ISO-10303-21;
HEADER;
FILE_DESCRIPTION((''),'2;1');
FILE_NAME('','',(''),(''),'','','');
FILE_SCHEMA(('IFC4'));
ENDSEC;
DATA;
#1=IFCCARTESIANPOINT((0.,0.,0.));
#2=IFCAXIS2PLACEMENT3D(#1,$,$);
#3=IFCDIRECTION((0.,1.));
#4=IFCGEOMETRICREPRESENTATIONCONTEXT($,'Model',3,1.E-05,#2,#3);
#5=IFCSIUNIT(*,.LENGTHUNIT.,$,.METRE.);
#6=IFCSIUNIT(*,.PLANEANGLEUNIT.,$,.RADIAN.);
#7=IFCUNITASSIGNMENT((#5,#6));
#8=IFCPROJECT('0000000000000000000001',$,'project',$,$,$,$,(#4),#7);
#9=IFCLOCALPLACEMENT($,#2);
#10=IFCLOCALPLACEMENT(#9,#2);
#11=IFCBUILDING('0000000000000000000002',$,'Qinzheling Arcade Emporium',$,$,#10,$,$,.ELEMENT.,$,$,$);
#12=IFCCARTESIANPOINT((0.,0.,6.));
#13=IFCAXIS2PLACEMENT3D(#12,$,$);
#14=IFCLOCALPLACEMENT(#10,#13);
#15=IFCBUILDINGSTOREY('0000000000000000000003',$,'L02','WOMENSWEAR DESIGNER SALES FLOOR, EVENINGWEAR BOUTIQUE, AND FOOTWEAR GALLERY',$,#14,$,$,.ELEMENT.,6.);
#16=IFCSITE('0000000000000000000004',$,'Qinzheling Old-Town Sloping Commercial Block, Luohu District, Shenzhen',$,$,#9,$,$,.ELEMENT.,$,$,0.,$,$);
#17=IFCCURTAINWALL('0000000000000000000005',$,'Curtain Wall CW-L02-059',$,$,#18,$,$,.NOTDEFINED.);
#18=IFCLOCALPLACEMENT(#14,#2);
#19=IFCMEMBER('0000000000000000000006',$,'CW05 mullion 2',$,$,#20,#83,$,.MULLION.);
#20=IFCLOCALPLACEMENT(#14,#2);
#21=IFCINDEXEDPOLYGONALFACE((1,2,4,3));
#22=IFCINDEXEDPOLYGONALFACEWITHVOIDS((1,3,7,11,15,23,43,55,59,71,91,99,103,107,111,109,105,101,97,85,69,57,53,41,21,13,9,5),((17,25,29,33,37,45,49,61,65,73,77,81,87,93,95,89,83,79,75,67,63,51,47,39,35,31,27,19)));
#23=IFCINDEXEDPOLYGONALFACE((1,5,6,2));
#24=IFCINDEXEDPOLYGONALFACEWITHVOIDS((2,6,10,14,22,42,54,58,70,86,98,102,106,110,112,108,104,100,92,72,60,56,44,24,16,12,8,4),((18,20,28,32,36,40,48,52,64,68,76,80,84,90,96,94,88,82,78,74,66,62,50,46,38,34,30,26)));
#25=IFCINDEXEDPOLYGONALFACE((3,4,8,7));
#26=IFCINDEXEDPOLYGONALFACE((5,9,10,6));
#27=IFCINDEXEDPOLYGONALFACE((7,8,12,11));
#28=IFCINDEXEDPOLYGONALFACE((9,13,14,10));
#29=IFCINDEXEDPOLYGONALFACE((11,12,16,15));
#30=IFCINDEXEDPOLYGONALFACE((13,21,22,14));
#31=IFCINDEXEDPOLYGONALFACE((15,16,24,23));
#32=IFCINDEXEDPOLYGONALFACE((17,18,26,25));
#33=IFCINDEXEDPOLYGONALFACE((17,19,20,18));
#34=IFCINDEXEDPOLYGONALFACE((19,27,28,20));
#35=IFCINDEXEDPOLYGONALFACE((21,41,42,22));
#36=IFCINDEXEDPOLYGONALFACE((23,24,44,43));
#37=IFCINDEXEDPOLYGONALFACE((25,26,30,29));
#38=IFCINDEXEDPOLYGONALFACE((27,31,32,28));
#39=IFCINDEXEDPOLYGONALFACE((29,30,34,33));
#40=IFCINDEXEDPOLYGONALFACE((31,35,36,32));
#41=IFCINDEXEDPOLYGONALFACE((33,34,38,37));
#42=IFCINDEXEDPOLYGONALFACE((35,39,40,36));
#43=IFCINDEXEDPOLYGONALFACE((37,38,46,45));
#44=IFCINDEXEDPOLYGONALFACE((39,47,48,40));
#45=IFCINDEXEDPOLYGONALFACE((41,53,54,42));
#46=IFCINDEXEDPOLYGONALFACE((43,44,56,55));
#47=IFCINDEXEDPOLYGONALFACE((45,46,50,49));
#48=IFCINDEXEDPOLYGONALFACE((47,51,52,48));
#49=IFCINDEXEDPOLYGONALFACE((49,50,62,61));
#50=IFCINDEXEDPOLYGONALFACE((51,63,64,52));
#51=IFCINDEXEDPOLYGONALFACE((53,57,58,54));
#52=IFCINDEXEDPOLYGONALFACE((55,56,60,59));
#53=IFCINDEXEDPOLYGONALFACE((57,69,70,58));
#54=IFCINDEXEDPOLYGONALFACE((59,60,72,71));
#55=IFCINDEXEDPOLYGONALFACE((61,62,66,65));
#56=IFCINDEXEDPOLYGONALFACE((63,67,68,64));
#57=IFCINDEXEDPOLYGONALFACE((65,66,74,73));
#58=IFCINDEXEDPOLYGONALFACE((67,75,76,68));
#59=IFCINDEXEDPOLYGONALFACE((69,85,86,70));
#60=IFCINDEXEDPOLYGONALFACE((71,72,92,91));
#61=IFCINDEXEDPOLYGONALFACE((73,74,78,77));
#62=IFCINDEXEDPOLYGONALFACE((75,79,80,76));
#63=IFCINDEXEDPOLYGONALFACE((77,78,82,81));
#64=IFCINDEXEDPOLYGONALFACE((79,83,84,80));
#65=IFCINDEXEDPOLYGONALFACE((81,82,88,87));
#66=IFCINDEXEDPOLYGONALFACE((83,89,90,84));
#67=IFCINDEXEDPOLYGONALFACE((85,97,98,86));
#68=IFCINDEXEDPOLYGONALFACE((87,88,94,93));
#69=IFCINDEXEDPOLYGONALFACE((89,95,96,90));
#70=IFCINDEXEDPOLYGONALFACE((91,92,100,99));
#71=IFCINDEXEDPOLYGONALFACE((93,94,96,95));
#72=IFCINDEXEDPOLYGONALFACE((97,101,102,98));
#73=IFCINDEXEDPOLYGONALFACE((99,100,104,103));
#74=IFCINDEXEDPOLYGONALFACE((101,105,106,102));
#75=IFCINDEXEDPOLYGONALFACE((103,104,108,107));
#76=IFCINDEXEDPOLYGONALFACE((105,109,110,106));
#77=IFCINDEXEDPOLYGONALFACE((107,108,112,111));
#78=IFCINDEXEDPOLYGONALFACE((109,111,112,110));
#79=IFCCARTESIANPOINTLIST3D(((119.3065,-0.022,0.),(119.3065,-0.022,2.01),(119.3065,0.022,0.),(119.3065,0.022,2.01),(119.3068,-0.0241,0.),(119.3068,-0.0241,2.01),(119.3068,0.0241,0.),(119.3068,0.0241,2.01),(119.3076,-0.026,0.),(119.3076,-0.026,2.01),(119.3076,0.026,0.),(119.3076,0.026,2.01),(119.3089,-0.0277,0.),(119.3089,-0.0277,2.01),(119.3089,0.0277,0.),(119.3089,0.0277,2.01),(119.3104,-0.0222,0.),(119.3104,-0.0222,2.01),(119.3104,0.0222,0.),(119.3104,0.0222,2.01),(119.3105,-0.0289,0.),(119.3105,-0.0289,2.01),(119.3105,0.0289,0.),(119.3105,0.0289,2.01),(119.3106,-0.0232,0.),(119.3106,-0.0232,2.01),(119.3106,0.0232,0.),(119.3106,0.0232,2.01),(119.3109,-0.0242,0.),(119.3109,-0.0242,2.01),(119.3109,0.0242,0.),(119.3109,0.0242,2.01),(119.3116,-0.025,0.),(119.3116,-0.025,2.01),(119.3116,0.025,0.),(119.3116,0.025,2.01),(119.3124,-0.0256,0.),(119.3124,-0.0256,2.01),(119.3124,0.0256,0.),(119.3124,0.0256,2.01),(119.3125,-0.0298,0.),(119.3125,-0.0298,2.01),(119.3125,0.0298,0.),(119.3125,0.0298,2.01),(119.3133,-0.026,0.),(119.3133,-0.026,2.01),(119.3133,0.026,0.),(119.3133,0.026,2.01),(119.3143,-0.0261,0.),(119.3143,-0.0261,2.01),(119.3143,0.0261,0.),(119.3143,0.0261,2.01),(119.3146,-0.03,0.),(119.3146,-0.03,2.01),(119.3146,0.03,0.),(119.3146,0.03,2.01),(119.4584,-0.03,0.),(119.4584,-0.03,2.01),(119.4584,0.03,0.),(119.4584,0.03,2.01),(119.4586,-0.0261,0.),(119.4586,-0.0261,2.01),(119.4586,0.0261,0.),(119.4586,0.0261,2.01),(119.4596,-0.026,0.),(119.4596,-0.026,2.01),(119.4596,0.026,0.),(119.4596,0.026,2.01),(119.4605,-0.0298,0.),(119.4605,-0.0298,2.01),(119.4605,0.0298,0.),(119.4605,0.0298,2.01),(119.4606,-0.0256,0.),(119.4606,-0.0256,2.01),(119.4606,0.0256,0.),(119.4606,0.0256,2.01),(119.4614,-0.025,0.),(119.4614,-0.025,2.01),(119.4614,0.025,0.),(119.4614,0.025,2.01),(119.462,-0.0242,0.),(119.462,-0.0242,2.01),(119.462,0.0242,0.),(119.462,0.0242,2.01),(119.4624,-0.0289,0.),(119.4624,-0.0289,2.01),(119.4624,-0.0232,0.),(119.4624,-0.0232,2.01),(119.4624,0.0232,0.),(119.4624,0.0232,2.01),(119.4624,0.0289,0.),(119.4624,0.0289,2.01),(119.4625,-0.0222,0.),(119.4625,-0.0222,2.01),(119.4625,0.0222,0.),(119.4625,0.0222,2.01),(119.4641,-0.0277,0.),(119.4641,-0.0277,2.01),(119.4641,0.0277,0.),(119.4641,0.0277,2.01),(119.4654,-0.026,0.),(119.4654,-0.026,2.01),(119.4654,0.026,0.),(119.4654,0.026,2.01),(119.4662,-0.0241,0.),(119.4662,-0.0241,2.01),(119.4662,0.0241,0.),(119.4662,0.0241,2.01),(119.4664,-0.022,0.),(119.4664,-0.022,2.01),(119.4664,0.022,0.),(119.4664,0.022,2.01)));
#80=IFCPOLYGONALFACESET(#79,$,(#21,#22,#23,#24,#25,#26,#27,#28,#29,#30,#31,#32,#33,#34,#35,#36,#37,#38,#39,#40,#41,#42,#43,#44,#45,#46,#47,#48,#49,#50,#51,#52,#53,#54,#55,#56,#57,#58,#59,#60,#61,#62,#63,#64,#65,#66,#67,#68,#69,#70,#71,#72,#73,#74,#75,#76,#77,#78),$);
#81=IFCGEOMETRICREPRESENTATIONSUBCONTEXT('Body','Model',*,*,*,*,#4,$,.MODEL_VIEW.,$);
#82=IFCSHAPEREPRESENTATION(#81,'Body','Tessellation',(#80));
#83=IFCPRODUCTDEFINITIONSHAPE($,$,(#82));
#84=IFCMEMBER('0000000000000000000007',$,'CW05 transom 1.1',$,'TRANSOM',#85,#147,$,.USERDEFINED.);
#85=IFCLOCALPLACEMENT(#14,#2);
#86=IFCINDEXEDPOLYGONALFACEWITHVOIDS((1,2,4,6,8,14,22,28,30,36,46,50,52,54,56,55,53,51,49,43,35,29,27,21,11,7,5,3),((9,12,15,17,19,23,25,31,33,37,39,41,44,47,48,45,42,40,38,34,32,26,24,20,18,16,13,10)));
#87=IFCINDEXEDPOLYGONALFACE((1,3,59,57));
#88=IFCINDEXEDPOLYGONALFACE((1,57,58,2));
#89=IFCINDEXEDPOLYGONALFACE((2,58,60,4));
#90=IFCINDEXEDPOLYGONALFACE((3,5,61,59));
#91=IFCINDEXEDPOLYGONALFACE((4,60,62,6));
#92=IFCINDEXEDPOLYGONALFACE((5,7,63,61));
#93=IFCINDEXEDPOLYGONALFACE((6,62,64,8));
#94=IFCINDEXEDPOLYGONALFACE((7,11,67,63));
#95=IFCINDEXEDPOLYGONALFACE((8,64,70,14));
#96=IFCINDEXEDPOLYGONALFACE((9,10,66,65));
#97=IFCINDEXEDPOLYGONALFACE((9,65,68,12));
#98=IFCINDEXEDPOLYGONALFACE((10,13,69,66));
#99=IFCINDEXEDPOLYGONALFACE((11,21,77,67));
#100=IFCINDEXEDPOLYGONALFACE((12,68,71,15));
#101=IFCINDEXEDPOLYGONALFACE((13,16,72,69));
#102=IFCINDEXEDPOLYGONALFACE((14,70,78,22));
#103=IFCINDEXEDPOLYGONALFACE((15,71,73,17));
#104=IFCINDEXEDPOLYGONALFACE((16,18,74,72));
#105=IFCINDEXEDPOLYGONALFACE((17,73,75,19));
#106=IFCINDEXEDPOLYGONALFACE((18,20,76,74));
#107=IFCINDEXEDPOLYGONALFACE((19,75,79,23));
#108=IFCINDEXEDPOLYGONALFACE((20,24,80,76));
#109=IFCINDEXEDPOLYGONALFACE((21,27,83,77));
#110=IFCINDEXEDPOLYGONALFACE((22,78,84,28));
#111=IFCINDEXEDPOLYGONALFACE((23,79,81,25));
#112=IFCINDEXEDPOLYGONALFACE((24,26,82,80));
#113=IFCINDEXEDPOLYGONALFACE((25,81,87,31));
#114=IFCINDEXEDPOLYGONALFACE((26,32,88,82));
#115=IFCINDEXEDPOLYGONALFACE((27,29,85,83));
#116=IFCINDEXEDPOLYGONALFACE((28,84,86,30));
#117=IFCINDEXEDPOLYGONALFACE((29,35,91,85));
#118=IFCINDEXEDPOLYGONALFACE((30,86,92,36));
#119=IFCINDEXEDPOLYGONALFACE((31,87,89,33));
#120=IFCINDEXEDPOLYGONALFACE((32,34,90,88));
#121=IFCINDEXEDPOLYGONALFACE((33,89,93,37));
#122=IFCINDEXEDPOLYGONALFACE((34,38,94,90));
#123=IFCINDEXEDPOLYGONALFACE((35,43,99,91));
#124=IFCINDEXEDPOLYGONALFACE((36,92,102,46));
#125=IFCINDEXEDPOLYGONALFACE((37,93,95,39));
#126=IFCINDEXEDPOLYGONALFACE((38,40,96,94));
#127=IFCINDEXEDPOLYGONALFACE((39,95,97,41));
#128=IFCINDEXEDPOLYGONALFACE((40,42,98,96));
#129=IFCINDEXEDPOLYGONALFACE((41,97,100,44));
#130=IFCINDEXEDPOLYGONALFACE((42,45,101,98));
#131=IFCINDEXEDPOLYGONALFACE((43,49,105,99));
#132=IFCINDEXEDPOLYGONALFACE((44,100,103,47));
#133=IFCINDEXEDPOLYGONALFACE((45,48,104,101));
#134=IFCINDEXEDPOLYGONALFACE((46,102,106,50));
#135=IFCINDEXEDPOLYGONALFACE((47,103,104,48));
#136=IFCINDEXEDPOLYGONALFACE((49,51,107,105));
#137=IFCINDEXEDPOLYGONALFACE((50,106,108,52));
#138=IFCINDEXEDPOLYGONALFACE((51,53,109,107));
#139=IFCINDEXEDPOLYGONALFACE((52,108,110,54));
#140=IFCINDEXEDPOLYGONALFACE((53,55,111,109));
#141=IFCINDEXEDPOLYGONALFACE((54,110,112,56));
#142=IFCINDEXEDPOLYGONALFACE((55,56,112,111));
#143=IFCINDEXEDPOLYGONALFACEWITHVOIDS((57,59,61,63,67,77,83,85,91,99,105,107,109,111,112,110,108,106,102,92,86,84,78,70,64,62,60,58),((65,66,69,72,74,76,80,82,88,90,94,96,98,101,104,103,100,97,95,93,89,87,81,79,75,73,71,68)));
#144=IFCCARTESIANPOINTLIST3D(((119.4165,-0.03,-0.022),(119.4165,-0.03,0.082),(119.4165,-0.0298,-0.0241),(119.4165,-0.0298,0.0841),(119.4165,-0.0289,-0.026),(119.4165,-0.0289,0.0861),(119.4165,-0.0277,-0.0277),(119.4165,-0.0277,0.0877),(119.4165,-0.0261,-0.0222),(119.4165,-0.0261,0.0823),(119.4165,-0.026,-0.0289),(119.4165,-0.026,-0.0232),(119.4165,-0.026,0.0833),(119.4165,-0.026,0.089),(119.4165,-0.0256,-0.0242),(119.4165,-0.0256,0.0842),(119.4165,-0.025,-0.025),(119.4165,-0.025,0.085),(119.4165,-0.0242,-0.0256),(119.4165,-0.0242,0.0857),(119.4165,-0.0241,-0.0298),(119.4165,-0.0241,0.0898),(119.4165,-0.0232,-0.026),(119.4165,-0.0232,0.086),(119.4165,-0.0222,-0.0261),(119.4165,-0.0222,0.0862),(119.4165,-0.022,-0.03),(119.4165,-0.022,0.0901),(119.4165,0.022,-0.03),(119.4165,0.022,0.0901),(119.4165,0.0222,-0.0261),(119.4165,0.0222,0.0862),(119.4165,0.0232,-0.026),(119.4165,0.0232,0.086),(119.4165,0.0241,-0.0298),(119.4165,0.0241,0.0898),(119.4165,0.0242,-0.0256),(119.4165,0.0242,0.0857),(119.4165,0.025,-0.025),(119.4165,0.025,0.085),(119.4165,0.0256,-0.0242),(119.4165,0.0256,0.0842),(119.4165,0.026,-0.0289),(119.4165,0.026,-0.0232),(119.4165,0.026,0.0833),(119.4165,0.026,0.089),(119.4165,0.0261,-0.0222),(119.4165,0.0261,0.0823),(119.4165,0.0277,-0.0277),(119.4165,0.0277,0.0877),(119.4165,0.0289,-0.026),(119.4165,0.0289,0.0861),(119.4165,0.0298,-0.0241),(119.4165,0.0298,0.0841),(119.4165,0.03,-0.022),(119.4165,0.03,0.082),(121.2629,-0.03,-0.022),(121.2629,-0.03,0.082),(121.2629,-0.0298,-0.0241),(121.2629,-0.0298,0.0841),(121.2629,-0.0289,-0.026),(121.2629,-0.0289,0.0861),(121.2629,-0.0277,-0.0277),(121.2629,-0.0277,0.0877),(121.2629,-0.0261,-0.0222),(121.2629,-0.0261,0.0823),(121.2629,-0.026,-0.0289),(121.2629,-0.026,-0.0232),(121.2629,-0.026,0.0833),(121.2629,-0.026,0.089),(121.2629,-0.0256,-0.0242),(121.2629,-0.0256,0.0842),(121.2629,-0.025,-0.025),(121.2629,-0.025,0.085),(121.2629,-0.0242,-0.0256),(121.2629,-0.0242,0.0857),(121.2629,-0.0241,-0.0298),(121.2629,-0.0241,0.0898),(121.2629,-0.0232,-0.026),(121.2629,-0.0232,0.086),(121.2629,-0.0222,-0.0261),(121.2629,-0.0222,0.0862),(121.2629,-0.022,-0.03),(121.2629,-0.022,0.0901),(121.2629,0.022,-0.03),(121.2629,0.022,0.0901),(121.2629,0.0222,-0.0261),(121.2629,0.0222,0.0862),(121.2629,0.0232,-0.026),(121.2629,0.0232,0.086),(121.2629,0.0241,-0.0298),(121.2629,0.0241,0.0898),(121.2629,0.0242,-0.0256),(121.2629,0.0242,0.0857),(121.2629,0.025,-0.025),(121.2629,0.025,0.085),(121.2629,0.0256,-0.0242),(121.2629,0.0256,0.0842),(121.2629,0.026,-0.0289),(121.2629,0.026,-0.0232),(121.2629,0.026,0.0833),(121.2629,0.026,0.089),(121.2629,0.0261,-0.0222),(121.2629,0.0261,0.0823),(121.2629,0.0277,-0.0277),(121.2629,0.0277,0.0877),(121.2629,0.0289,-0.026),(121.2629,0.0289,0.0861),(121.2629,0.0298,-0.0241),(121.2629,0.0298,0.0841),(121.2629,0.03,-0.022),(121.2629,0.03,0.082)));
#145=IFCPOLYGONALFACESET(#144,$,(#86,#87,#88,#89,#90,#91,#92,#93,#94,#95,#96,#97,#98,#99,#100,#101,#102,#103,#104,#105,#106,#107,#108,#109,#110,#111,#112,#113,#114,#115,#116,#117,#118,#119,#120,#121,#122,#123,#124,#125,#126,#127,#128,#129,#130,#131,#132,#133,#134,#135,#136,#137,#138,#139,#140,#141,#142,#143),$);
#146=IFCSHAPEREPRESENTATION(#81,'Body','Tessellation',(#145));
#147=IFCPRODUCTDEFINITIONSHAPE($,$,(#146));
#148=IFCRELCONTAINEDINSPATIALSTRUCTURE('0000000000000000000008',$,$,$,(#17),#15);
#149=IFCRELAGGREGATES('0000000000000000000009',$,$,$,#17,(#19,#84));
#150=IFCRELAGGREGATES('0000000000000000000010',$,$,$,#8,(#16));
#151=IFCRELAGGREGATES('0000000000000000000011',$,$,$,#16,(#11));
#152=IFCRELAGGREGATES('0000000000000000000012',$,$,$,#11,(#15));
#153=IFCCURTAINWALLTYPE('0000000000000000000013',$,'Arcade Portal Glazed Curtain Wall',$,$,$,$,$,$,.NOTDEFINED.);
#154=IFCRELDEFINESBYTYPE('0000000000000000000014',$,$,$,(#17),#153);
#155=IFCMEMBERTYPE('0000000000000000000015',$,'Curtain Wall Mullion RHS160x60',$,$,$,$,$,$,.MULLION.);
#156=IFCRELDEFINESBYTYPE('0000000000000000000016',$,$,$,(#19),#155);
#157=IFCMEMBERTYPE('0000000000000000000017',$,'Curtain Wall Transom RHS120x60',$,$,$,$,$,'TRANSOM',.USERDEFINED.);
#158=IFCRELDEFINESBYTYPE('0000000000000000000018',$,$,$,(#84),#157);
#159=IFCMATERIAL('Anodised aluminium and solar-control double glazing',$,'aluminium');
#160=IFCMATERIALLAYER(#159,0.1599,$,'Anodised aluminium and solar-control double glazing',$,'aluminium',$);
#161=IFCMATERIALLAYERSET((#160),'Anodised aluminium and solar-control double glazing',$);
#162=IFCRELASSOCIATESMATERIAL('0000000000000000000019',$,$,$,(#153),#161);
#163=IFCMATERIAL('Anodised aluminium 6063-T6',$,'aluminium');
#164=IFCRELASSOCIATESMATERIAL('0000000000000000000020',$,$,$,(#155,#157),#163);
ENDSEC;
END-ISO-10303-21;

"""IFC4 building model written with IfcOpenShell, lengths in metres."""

from ifc_helpers import new_model, si_unit, direction, frame, origin, origin_2d, place, context, subcontext, project, spatial, hollow_rectangle, extrude, material, layer, layer_set, material_profile, profile_set, type_object, element, aggregate, save


model = new_model("IFC4")

# Units and contexts
model_context = context("Model", 3, precision=1e-05, world=origin(), true_north=direction((0.0, 1.0)))
body_context = subcontext(model_context, "Body", "Model", "MODEL_VIEW")
ifc_project = project(units=[si_unit("LENGTHUNIT", "METRE"), si_unit("PLANEANGLEUNIT", "RADIAN")], contexts=[model_context])

# Site, building, storey
site_placement = place(None, origin())
site = spatial("IfcSite", under=ifc_project, at=site_placement, Name="Qinzheling Old-Town Sloping Commercial Block, Luohu District, Shenzhen", CompositionType="ELEMENT", RefElevation=0.0)
building_placement = place(site_placement, origin())
building = spatial("IfcBuilding", under=site, at=building_placement, Name="Qinzheling Arcade Emporium", CompositionType="ELEMENT")
storey_placement = place(building_placement, frame((0.0, 0.0, 6.0)))
storey = spatial("IfcBuildingStorey", under=building, at=storey_placement, Name="L02", Description="WOMENSWEAR DESIGNER SALES FLOOR, EVENINGWEAR BOUTIQUE, AND FOOTWEAR GALLERY", CompositionType="ELEMENT", Elevation=6.0)

# Curtain wall, members
ifc_material_1 = material(Name="Anodised aluminium and solar-control double glazing", Category="aluminium")
ifc_layer_1 = layer(ifc_material_1, 0.1599, Name="Anodised aluminium and solar-control double glazing", Category="aluminium")
ifc_layer_set_1 = layer_set([ifc_layer_1], Name="Anodised aluminium and solar-control double glazing")
curtain_wall_type = type_object("IfcCurtainWallType", Name="Arcade Portal Glazed Curtain Wall", PredefinedType="NOTDEFINED", material=ifc_layer_set_1)
curtain_wall_placement = place(storey_placement, origin())
curtain_wall = element("IfcCurtainWall", 1, at=curtain_wall_placement, inside=storey, type_object=curtain_wall_type, Name="Curtain Wall CW-L02-059", PredefinedType="NOTDEFINED")
ifc_material_2 = material(Name="Anodised aluminium 6063-T6", Category="aluminium")
ifc_material_profile_1 = material_profile(ifc_material_2, hollow_rectangle(XDim=0.0601, YDim=0.1599, WallThickness=0.0039, InnerFilletRadius=0.0039, OuterFilletRadius=0.0081, at=origin_2d()), Name="RHS 160x60x4", Category="aluminium")
ifc_profile_set_1 = profile_set([ifc_material_profile_1], Name="Anodised aluminium 6063-T6")
member_type_1 = type_object("IfcMemberType", Name="Curtain Wall Mullion RHS160x60", PredefinedType="MULLION", material=ifc_profile_set_1)
member_1_placement = place(storey_placement, frame((119.3865, 0.0, 0.0), z_axis=(0.0, 0.0, 1.0), x_axis=(0.0, -1.0, 0.0)))
member_1 = element("IfcMember", 2, at=member_1_placement, type_object=member_type_1, Name="CW05 mullion 2", PredefinedType="MULLION", context=body_context, shape_type="SweptSolid", body=[
    extrude(hollow_rectangle(XDim=0.0601, YDim=0.1599, WallThickness=0.0039, InnerFilletRadius=0.0039, OuterFilletRadius=0.0081, at=origin_2d()), origin(), (0.0, 0.0, 1.0), 2.01),
])
ifc_material_profile_2 = material_profile(ifc_material_2, hollow_rectangle(XDim=0.0601, YDim=0.1201, WallThickness=0.0039, InnerFilletRadius=0.0039, OuterFilletRadius=0.0081, at=origin_2d()), Name="RHS 120x60x4", Category="aluminium")
ifc_profile_set_2 = profile_set([ifc_material_profile_2], Name="Anodised aluminium 6063-T6")
member_type_2 = type_object("IfcMemberType", Name="Curtain Wall Transom RHS120x60", ElementType="TRANSOM", PredefinedType="USERDEFINED", material=ifc_profile_set_2)
member_2_placement = place(storey_placement, frame((121.2629, 0.0, 0.03), z_axis=(-1.0, 0.0, 0.0), x_axis=(0.0, -1.0, 0.0)))
member_2 = element("IfcMember", 3, at=member_2_placement, type_object=member_type_2, Name="CW05 transom 1.1", ObjectType="TRANSOM", PredefinedType="USERDEFINED", context=body_context, shape_type="SweptSolid", body=[
    extrude(hollow_rectangle(XDim=0.0601, YDim=0.1201, WallThickness=0.0039, InnerFilletRadius=0.0039, OuterFilletRadius=0.0081, at=origin_2d()), origin(), (0.0, 0.0, 1.0), 1.8464),
])

aggregate(curtain_wall, [member_1, member_2])

save(model, "model.ifc")
